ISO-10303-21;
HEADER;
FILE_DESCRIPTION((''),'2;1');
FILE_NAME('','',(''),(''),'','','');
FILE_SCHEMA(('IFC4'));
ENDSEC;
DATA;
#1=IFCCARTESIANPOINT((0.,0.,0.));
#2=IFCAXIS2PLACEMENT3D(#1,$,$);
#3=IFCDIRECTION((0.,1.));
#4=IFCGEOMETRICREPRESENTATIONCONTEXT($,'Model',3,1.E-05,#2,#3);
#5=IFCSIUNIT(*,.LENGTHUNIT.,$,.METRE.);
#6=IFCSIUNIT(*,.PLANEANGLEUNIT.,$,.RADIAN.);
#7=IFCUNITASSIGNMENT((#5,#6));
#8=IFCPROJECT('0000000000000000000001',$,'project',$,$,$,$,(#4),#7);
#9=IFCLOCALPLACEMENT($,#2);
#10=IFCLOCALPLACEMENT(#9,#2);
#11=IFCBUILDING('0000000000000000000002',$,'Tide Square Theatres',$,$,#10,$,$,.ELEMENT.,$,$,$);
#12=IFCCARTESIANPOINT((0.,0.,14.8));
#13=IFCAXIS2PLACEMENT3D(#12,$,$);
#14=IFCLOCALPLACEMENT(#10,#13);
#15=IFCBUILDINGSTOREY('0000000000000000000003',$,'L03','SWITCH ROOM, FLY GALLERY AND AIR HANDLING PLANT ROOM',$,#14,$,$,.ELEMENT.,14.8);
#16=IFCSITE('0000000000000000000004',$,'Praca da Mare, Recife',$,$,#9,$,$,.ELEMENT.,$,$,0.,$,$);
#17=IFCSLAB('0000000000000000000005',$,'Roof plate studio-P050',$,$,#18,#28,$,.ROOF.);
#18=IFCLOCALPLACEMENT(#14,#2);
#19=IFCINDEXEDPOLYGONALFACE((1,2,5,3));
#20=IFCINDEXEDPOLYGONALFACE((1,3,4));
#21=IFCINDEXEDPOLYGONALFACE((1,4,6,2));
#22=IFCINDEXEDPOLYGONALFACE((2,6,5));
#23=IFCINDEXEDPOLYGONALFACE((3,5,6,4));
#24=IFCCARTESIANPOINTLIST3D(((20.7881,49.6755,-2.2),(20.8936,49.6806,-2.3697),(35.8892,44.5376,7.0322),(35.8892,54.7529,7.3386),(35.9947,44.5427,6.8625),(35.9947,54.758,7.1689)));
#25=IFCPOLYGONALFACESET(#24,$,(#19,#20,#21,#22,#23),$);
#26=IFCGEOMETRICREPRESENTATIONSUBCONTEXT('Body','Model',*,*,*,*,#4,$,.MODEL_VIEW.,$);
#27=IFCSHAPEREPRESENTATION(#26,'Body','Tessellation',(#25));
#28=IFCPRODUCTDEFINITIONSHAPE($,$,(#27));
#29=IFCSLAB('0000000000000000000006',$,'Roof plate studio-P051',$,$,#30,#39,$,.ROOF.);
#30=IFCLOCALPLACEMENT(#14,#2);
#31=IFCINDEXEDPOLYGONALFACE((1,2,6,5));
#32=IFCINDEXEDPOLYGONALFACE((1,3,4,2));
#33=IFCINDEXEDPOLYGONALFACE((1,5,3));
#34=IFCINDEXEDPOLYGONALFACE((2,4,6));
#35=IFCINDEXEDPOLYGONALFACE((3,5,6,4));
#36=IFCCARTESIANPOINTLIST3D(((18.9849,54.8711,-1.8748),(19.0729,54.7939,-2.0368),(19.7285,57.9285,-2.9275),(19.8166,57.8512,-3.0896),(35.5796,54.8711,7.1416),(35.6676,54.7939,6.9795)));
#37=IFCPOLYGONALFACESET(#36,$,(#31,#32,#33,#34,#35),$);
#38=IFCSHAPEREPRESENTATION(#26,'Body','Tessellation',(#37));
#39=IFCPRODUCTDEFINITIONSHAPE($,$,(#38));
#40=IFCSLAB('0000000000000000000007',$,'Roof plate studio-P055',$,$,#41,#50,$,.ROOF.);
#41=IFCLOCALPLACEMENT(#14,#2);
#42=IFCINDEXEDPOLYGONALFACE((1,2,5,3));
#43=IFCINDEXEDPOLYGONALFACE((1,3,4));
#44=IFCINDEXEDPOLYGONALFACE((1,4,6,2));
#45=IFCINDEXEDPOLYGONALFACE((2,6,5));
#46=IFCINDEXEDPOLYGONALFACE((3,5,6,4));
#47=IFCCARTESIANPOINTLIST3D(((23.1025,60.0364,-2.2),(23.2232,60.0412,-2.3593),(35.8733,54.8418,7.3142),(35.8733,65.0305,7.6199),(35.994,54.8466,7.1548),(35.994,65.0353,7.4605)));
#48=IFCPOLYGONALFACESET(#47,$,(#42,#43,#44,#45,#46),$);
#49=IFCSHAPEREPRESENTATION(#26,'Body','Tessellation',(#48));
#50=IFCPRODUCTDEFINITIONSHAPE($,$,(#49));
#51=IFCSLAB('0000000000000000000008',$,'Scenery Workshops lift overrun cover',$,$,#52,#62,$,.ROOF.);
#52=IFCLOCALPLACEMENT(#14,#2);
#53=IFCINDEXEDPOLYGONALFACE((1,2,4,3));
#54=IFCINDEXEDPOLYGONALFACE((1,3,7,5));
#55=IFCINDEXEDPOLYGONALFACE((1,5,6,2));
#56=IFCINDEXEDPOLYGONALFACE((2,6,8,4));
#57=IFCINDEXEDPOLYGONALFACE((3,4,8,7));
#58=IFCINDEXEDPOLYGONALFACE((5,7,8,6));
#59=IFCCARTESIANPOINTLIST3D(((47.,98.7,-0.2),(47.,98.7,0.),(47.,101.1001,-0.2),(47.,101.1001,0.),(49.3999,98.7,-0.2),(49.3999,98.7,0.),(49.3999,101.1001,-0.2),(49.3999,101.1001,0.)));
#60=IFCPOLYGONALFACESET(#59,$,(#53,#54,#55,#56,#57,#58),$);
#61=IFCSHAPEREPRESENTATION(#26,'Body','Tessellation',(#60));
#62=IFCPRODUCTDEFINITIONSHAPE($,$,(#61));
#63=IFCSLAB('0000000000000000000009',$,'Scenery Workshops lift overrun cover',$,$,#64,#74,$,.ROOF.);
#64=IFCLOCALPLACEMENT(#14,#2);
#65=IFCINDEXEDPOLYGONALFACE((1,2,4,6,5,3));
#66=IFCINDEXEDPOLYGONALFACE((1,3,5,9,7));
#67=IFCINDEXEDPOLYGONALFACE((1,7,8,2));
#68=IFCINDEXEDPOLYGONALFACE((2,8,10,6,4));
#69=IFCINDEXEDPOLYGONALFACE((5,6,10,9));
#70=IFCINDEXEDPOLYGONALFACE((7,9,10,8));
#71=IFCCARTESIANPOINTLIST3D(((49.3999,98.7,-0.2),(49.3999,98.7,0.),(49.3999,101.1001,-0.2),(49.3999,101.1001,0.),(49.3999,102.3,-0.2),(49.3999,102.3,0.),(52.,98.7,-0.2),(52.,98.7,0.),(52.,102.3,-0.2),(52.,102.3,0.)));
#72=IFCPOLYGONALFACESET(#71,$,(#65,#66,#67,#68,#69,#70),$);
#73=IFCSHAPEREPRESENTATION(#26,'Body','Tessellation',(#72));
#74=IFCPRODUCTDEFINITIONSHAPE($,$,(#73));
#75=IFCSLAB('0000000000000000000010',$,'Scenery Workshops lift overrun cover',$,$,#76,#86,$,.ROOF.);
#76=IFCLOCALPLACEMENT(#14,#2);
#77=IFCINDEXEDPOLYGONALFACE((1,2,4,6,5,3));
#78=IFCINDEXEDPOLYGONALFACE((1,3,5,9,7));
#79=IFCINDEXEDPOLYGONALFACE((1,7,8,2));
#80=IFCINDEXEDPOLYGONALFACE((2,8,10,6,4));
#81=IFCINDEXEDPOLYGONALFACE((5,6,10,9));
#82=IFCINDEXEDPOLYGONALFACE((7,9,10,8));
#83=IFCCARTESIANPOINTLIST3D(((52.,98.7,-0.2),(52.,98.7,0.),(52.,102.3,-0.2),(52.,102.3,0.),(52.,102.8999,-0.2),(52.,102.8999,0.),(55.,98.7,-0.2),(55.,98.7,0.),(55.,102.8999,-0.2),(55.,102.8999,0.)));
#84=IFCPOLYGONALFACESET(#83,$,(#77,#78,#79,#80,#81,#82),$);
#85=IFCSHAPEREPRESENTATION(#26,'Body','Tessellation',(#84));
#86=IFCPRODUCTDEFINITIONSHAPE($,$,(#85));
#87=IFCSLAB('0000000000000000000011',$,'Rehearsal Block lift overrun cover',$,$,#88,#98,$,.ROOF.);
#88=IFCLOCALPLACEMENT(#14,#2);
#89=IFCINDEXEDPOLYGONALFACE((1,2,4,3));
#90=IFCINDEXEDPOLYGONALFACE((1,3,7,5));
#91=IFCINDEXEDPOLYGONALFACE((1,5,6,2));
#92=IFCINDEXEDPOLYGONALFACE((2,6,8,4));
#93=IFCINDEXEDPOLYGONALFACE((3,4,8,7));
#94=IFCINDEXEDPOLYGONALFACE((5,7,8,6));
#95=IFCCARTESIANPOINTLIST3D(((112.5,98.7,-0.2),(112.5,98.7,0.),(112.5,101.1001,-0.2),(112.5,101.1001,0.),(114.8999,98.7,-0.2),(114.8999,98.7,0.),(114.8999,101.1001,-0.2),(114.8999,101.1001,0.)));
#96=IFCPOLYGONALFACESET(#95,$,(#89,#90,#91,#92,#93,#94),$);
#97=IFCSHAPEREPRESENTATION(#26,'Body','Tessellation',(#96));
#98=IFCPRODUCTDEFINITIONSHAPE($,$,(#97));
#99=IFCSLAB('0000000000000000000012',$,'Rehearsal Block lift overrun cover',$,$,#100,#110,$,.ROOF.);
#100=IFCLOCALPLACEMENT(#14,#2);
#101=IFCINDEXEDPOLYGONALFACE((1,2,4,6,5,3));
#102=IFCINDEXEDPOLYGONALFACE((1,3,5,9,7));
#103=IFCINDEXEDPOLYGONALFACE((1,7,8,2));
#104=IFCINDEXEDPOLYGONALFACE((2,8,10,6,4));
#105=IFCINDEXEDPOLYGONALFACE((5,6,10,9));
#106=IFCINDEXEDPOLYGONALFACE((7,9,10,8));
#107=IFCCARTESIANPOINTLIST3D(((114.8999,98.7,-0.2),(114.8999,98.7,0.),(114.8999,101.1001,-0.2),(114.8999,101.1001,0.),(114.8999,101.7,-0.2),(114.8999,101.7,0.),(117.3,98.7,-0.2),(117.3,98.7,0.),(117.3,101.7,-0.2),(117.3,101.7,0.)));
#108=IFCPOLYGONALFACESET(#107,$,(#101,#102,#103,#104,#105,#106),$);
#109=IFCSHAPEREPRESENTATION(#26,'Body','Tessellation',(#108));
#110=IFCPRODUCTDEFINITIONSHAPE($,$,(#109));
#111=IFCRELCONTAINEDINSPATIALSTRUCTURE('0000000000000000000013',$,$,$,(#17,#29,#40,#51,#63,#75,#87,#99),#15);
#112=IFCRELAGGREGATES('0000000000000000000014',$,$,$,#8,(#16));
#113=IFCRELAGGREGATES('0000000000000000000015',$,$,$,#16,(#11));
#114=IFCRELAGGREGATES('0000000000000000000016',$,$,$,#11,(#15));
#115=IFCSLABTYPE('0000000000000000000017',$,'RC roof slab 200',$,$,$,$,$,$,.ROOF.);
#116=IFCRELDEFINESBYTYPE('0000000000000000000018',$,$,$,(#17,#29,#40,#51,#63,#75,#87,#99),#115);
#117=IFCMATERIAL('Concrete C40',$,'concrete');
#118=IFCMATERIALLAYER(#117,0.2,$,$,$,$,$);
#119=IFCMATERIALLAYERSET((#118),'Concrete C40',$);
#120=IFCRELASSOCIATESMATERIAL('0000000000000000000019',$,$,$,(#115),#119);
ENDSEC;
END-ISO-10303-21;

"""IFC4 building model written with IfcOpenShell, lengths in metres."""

from ifc_helpers import new_model, si_unit, direction, frame, origin, place, context, subcontext, project, spatial, polyline, outline, extrude, material, layer, layer_set, type_object, element, save


model = new_model("IFC4")

# Units and contexts
model_context = context("Model", 3, precision=1e-05, world=origin(), true_north=direction((0.0, 1.0)))
body_context = subcontext(model_context, "Body", "Model", "MODEL_VIEW")
ifc_project = project(units=[si_unit("LENGTHUNIT", "METRE"), si_unit("PLANEANGLEUNIT", "RADIAN")], contexts=[model_context])

# Site, building, storey
site_placement = place(None, origin())
site = spatial("IfcSite", under=ifc_project, at=site_placement, Name="Praca da Mare, Recife", CompositionType="ELEMENT", RefElevation=0.0)
building_placement = place(site_placement, origin())
building = spatial("IfcBuilding", under=site, at=building_placement, Name="Tide Square Theatres", CompositionType="ELEMENT")
storey_placement = place(building_placement, frame((0.0, 0.0, 14.8)))
storey = spatial("IfcBuildingStorey", under=building, at=storey_placement, Name="L03", Description="SWITCH ROOM, FLY GALLERY AND AIR HANDLING PLANT ROOM", CompositionType="ELEMENT", Elevation=14.8)

# Slabs
ifc_material_1 = material(Name="Concrete C40", Category="concrete")
ifc_layer_1 = layer(ifc_material_1, 0.2)
ifc_layer_set_1 = layer_set([ifc_layer_1], Name="Concrete C40")
slab_type_1 = type_object("IfcSlabType", Name="RC roof slab 200", PredefinedType="ROOF", material=ifc_layer_set_1)
slab_1_placement = place(storey_placement, frame((20.7881, 49.6755, -2.2), z_axis=(-0.527728, -0.025466, 0.849032), x_axis=(0.819364, -0.278778, 0.500925)))
element("IfcSlab", 1, at=slab_1_placement, inside=storey, type_object=slab_type_1, Name="Roof plate studio-P050", PredefinedType="ROOF", context=body_context, shape_type="SweptSolid", body=[
    extrude(outline(polyline([(0.0, 0.0), (18.4302, 0.0), (15.7359, 9.8584), (0.0, 0.0)])), origin(), (0.0, 0.0, -1.0), 0.2),
])
slab_2_placement = place(storey_placement, frame((19.7285, 57.9285, -2.9275), z_axis=(-0.440372, 0.386193, 0.810511), x_axis=(-0.22413, -0.921464, 0.317284)))
element("IfcSlab", 2, at=slab_2_placement, inside=storey, type_object=slab_type_1, Name="Roof plate studio-P051", PredefinedType="ROOF", context=body_context, shape_type="SweptSolid", body=[
    extrude(outline(polyline([(0.0, 0.0), (3.318, 0.0), (2.4593, 18.8664), (0.0, 0.0)])), origin(), (0.0, 0.0, -1.0), 0.2),
])
slab_3_placement = place(storey_placement, frame((23.1025, 60.0364, -2.2), z_axis=(-0.603494, -0.02391, 0.797009), x_axis=(0.762389, -0.310106, 0.567977)))
element("IfcSlab", 3, at=slab_3_placement, inside=storey, type_object=slab_type_1, Name="Roof plate studio-P055", PredefinedType="ROOF", context=body_context, shape_type="SweptSolid", body=[
    extrude(outline(polyline([(0.0, 0.0), (16.751, 0.0), (13.765, 9.7461), (0.0, 0.0)])), origin(), (0.0, 0.0, -1.0), 0.2),
])
slab_4_placement = place(storey_placement, frame((0.0, 0.0, -0.2)))
element("IfcSlab", 4, at=slab_4_placement, inside=storey, type_object=slab_type_1, Name="Scenery Workshops lift overrun cover", PredefinedType="ROOF", context=body_context, shape_type="SweptSolid", body=[
    extrude(outline(polyline([(47.0, 101.1001), (47.0, 98.7), (49.3999, 98.7), (49.3999, 101.1001), (47.0, 101.1001)])), origin(), (0.0, 0.0, 1.0), 0.2),
])
slab_5_placement = place(storey_placement, frame((0.0, 0.0, -0.2)))
element("IfcSlab", 5, at=slab_5_placement, inside=storey, type_object=slab_type_1, Name="Scenery Workshops lift overrun cover", PredefinedType="ROOF", context=body_context, shape_type="SweptSolid", body=[
    extrude(outline(polyline([(49.3999, 102.3), (49.3999, 101.1001), (49.3999, 98.7), (52.0, 98.7), (52.0, 102.3), (49.3999, 102.3)])), origin(), (0.0, 0.0, 1.0), 0.2),
])
slab_6_placement = place(storey_placement, frame((0.0, 0.0, -0.2)))
element("IfcSlab", 6, at=slab_6_placement, inside=storey, type_object=slab_type_1, Name="Scenery Workshops lift overrun cover", PredefinedType="ROOF", context=body_context, shape_type="SweptSolid", body=[
    extrude(outline(polyline([(52.0, 102.8999), (52.0, 102.3), (52.0, 98.7), (55.0, 98.7), (55.0, 102.8999), (52.0, 102.8999)])), origin(), (0.0, 0.0, 1.0), 0.2),
])
slab_7_placement = place(storey_placement, frame((0.0, 0.0, -0.2)))
element("IfcSlab", 7, at=slab_7_placement, inside=storey, type_object=slab_type_1, Name="Rehearsal Block lift overrun cover", PredefinedType="ROOF", context=body_context, shape_type="SweptSolid", body=[
    extrude(outline(polyline([(112.5, 101.1001), (112.5, 98.7), (114.8999, 98.7), (114.8999, 101.1001), (112.5, 101.1001)])), origin(), (0.0, 0.0, 1.0), 0.2),
])
slab_8_placement = place(storey_placement, frame((0.0, 0.0, -0.2)))
element("IfcSlab", 8, at=slab_8_placement, inside=storey, type_object=slab_type_1, Name="Rehearsal Block lift overrun cover", PredefinedType="ROOF", context=body_context, shape_type="SweptSolid", body=[
    extrude(outline(polyline([(114.8999, 101.7), (114.8999, 101.1001), (114.8999, 98.7), (117.3, 98.7), (117.3, 101.7), (114.8999, 101.7)])), origin(), (0.0, 0.0, 1.0), 0.2),
])

save(model, "model.ifc")
